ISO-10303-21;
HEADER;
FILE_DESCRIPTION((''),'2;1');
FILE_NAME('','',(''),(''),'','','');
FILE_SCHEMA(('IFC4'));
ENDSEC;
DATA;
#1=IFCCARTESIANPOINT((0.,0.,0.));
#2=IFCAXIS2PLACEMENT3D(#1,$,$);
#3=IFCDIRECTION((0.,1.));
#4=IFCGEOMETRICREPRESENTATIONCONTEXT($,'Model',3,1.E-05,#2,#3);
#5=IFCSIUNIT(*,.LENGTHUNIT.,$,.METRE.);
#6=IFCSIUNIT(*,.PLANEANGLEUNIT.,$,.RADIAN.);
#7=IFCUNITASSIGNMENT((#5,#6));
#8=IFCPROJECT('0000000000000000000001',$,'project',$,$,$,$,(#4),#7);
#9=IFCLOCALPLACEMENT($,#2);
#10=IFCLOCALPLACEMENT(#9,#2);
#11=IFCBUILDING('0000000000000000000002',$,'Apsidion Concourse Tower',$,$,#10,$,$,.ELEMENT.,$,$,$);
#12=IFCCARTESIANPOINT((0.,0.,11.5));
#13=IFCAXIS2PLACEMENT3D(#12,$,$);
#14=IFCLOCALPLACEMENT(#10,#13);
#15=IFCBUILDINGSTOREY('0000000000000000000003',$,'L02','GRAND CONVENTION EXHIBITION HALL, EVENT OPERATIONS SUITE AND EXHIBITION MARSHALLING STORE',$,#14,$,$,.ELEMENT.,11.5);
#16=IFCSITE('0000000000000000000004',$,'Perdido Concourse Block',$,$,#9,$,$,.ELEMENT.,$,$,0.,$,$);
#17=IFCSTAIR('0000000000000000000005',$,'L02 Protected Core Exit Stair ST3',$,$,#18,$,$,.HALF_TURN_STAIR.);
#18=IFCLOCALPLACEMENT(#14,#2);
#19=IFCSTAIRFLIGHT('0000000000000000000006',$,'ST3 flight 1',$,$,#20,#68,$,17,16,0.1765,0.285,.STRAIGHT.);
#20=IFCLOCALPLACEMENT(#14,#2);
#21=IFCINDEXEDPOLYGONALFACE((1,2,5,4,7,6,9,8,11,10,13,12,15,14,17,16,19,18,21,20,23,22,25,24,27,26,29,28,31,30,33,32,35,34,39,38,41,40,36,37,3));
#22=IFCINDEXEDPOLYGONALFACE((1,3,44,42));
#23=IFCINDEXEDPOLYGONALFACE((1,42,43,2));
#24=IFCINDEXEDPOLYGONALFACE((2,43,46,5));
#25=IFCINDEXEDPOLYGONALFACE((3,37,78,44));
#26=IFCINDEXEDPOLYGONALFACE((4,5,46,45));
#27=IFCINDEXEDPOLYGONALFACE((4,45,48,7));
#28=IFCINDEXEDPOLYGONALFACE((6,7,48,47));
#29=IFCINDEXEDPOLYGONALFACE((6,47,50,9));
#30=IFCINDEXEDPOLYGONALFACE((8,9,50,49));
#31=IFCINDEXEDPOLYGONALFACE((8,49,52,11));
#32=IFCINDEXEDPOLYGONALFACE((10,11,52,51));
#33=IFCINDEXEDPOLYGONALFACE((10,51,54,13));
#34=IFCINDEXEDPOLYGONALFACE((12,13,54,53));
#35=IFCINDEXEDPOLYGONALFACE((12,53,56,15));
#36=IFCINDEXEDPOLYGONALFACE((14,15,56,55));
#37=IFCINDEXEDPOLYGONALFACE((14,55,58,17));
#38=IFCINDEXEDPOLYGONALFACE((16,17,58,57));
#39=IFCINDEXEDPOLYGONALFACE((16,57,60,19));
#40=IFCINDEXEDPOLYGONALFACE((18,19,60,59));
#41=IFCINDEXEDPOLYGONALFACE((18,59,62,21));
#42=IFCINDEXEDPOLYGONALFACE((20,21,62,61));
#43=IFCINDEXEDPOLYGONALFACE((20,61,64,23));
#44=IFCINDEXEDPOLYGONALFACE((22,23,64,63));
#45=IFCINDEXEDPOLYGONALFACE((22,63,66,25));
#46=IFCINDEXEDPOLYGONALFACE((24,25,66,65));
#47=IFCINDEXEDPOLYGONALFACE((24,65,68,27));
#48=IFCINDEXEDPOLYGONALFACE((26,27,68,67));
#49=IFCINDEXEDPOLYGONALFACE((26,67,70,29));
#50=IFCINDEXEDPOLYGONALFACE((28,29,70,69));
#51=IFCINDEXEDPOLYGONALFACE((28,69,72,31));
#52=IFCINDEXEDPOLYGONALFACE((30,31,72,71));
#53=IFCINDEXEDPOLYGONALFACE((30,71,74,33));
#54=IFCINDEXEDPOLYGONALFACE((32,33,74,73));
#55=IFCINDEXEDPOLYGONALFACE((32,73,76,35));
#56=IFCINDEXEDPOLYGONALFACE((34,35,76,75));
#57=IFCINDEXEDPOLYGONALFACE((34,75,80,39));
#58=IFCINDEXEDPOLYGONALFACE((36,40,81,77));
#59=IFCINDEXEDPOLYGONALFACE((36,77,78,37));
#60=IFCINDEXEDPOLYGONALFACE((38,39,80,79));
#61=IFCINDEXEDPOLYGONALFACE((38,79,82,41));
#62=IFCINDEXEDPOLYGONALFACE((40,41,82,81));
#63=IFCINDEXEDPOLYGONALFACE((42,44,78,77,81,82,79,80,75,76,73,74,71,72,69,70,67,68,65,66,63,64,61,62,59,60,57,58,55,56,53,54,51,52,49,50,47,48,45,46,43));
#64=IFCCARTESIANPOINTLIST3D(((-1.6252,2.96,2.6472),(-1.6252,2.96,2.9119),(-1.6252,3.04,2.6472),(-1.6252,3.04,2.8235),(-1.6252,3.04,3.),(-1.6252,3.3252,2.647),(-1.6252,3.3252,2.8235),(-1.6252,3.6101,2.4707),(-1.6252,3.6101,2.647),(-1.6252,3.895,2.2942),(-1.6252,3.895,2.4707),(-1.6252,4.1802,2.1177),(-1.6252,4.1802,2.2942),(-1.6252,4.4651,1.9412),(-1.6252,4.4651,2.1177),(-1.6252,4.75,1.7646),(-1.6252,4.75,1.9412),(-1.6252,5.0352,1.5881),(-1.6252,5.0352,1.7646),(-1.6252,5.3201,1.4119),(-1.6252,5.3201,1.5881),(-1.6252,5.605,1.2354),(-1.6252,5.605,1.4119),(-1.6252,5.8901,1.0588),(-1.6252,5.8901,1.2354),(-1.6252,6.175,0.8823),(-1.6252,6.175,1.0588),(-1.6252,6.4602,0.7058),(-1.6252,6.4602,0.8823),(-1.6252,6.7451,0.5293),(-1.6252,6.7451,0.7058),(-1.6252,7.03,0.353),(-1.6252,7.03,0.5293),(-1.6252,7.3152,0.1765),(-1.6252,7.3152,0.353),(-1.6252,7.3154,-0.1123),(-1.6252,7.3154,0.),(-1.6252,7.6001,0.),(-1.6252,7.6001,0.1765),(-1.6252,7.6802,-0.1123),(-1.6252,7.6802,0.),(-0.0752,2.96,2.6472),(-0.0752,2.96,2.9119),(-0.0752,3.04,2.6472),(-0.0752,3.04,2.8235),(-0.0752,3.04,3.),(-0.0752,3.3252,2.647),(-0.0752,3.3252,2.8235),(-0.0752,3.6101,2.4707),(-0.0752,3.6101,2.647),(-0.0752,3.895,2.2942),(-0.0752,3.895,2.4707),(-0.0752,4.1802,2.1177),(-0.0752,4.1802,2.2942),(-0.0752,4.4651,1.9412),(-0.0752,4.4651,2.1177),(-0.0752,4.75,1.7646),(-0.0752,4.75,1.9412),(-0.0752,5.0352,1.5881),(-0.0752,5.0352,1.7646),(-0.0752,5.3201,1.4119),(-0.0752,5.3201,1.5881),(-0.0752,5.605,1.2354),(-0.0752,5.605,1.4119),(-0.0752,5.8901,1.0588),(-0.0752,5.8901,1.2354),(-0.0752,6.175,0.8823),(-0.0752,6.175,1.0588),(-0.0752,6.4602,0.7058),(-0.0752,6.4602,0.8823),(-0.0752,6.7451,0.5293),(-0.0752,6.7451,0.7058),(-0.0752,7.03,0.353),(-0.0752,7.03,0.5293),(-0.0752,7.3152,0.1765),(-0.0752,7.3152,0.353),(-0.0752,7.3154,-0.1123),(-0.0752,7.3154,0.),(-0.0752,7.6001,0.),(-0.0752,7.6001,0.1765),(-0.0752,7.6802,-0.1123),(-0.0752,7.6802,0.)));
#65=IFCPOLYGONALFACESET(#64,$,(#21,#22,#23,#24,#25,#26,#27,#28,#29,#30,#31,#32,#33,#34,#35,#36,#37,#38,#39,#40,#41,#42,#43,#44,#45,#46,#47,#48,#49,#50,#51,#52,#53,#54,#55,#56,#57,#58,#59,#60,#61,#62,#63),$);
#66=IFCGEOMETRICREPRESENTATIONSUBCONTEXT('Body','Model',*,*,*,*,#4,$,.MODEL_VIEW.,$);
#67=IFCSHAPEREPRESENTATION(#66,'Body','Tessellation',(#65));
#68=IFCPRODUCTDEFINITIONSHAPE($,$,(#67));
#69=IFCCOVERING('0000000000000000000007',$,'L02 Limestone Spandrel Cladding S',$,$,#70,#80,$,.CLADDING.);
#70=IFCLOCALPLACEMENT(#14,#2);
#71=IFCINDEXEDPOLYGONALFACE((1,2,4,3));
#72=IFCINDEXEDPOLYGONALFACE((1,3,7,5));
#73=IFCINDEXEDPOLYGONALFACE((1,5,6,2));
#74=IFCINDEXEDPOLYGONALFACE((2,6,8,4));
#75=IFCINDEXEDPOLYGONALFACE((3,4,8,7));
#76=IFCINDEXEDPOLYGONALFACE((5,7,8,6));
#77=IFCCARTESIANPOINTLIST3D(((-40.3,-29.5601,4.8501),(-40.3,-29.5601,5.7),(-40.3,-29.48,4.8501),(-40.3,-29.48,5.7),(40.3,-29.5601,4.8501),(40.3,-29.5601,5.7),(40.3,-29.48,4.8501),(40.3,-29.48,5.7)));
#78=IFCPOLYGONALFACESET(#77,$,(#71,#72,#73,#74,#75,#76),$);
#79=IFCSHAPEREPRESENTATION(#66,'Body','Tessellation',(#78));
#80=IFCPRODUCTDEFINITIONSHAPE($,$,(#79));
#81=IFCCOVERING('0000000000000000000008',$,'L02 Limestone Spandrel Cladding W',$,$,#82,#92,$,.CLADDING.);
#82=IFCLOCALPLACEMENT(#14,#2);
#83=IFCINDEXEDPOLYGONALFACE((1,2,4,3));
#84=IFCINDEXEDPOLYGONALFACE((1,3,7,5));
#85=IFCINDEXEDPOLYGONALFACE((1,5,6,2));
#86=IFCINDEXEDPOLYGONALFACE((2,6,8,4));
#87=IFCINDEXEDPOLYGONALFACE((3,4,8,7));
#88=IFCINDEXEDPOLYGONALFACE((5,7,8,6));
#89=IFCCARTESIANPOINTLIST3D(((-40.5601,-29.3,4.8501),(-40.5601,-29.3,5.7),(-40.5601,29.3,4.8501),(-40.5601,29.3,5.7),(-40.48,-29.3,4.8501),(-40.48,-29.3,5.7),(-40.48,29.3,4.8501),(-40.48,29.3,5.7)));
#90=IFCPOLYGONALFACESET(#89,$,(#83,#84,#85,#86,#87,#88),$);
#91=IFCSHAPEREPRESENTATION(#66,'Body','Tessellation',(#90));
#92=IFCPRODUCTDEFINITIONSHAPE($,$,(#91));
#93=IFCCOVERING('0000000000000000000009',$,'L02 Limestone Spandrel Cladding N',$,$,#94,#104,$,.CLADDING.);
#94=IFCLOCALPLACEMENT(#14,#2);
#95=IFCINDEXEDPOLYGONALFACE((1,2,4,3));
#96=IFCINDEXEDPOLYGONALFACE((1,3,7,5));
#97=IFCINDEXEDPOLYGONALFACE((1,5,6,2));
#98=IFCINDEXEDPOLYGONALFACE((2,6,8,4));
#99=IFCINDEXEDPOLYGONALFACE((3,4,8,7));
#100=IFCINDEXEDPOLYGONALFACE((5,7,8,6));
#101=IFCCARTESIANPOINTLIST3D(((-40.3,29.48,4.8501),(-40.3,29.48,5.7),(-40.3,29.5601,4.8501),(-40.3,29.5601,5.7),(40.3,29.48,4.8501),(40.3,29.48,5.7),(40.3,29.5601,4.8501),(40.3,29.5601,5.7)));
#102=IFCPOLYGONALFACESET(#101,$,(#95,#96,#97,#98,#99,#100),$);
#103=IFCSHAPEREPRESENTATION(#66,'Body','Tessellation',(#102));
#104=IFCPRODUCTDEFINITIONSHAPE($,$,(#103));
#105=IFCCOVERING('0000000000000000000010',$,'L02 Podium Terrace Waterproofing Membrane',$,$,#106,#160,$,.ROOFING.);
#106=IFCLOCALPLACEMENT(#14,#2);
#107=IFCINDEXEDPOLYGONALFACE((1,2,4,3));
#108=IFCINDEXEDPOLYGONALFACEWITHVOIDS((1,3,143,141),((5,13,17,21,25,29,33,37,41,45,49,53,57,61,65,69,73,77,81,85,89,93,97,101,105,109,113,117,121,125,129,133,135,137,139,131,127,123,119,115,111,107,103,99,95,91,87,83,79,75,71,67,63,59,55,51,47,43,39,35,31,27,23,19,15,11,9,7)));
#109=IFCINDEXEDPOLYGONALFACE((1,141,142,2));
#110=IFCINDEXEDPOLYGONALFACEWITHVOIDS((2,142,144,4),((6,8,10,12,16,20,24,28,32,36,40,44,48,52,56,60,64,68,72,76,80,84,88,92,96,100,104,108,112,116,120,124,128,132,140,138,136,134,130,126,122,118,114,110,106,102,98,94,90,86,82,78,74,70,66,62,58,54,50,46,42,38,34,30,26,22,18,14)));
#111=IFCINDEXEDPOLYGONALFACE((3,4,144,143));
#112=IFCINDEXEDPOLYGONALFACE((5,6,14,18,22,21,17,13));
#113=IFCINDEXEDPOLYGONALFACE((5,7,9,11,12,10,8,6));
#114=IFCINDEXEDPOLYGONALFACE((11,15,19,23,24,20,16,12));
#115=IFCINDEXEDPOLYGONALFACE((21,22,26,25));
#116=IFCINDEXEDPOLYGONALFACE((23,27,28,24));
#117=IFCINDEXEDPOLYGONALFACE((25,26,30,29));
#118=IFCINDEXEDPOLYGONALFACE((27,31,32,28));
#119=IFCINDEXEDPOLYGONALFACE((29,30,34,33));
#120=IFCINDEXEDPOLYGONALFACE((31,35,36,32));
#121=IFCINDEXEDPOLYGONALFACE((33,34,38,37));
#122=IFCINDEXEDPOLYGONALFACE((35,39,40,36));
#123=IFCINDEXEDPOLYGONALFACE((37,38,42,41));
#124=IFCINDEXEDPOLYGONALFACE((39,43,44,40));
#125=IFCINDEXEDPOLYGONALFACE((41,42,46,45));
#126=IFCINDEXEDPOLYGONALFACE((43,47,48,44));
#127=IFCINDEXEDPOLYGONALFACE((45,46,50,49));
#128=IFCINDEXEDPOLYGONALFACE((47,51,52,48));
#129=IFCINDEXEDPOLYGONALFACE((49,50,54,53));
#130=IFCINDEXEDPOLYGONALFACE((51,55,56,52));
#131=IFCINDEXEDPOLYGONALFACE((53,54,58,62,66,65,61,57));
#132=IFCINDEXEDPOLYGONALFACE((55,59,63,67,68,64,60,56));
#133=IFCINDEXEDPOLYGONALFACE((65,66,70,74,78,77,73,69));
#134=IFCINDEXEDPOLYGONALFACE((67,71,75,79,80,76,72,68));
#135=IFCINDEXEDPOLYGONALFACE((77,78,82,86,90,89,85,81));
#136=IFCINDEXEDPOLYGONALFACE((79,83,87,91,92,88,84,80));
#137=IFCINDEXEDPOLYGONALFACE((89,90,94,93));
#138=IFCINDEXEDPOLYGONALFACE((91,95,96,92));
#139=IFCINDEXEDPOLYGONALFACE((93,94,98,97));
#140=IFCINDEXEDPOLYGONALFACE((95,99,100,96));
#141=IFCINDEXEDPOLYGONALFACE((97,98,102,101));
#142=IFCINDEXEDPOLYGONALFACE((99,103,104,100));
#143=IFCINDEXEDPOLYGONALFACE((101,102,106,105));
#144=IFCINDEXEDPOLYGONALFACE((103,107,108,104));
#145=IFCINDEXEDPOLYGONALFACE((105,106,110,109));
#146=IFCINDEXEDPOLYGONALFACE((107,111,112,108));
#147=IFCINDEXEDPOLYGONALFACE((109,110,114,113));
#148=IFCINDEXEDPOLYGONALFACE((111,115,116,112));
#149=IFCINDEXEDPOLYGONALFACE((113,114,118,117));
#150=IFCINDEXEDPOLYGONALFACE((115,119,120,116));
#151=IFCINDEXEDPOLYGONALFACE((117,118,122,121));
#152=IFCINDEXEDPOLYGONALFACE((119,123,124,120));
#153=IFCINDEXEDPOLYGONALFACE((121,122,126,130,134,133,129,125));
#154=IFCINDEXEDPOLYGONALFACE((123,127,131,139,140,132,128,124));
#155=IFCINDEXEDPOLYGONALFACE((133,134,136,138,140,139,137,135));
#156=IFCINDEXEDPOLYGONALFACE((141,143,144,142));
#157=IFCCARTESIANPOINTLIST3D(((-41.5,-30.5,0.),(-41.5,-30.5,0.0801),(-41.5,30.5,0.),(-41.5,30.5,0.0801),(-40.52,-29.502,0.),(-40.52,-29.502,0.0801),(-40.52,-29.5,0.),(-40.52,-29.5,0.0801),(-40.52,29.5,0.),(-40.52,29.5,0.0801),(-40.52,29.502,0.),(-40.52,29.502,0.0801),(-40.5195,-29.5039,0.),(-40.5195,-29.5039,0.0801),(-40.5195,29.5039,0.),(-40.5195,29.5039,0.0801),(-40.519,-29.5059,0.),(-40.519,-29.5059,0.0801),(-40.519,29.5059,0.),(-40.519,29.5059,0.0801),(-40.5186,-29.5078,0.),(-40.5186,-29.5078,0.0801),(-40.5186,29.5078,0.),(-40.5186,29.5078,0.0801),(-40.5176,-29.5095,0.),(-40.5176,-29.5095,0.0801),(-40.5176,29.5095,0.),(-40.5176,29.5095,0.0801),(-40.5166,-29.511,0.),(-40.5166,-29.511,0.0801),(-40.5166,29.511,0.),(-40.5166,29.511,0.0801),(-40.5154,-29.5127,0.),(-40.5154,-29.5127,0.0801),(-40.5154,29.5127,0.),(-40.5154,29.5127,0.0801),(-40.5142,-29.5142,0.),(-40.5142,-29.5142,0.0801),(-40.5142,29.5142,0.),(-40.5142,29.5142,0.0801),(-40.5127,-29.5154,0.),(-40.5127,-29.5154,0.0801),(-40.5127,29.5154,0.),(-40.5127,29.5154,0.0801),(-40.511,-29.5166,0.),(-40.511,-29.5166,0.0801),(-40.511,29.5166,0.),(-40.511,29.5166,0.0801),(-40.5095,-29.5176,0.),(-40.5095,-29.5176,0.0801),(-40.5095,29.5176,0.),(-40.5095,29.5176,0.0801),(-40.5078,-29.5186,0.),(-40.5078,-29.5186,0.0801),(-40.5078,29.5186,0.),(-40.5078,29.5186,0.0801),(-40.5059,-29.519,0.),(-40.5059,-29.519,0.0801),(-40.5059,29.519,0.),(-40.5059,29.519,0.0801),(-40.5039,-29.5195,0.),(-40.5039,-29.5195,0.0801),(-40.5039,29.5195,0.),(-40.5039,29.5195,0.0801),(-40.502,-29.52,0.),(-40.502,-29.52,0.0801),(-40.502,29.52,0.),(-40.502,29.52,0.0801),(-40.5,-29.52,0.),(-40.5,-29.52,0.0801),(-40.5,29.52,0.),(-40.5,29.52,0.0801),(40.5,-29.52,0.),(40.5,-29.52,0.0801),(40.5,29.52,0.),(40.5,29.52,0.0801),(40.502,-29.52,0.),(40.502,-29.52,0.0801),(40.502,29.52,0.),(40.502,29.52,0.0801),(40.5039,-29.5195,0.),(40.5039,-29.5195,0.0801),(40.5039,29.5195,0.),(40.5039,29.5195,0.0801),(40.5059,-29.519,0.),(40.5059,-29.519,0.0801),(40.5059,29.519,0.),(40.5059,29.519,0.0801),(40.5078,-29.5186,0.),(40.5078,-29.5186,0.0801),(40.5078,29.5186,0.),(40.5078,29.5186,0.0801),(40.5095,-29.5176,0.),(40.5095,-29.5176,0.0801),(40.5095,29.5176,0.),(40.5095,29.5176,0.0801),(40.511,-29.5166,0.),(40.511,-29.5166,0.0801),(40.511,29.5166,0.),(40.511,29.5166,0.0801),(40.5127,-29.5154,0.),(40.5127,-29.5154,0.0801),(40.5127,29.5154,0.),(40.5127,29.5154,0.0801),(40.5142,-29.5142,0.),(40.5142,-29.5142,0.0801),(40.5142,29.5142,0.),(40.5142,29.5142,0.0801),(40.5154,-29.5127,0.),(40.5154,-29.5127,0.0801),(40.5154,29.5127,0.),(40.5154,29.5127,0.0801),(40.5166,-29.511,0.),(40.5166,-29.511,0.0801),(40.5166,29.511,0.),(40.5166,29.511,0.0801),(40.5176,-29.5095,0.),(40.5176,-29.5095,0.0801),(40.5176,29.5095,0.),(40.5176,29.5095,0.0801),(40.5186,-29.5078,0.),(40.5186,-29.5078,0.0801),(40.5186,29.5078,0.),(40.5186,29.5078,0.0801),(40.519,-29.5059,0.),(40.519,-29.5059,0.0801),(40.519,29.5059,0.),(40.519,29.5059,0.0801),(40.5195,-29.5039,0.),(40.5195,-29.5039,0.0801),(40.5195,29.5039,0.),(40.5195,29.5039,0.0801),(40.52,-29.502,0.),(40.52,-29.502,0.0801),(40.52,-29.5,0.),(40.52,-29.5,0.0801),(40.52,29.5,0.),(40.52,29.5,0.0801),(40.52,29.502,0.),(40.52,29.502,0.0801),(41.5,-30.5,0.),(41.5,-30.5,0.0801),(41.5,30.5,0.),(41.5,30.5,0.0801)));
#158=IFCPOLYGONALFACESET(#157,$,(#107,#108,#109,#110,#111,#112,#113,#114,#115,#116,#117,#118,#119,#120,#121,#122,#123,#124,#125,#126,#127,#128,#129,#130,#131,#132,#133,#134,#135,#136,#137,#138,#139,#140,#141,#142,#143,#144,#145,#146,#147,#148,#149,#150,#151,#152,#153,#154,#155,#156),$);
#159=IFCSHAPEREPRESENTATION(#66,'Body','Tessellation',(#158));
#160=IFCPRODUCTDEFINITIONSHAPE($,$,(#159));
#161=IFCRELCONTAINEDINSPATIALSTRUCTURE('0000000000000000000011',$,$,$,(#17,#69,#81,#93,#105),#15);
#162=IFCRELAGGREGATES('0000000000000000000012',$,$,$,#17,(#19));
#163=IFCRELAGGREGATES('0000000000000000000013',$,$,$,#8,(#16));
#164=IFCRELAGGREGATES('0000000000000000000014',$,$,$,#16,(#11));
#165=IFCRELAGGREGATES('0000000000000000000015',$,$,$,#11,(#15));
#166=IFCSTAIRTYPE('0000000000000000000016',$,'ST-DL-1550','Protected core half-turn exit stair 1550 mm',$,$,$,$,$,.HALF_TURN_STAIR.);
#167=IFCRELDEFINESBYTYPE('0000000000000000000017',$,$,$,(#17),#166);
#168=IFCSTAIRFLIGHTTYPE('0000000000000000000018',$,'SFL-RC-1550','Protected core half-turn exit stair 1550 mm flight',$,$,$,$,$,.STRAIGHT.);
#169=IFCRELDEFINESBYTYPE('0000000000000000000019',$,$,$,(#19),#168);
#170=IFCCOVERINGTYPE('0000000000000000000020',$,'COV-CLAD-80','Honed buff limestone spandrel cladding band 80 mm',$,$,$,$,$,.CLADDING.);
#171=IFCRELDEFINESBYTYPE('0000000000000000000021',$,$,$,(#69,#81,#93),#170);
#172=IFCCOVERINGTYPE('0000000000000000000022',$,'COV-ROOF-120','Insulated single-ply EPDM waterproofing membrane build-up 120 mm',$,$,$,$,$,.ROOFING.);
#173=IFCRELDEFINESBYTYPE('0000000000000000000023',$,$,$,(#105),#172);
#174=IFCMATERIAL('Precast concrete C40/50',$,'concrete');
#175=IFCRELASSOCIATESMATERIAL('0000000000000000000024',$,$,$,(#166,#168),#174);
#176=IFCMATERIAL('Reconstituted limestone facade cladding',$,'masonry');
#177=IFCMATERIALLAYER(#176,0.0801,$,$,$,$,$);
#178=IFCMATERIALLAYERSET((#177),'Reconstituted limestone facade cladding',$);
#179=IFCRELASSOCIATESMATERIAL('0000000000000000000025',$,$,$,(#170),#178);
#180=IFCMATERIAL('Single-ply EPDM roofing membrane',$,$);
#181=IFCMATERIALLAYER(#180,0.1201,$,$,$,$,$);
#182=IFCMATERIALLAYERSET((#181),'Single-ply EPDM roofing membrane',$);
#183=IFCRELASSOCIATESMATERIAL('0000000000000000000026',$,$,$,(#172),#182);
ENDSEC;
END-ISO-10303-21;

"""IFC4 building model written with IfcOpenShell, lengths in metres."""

from ifc_helpers import new_model, si_unit, direction, frame, origin, place, context, subcontext, project, spatial, polyline, outline, extrude, material, layer, layer_set, type_object, element, aggregate, save


model = new_model("IFC4")

# Units and contexts
model_context = context("Model", 3, precision=1e-05, world=origin(), true_north=direction((0.0, 1.0)))
body_context = subcontext(model_context, "Body", "Model", "MODEL_VIEW")
ifc_project = project(units=[si_unit("LENGTHUNIT", "METRE"), si_unit("PLANEANGLEUNIT", "RADIAN")], contexts=[model_context])

# Site, building, storey
site_placement = place(None, origin())
site = spatial("IfcSite", under=ifc_project, at=site_placement, Name="Perdido Concourse Block", CompositionType="ELEMENT", RefElevation=0.0)
building_placement = place(site_placement, origin())
building = spatial("IfcBuilding", under=site, at=building_placement, Name="Apsidion Concourse Tower", CompositionType="ELEMENT")
storey_placement = place(building_placement, frame((0.0, 0.0, 11.5)))
storey = spatial("IfcBuildingStorey", under=building, at=storey_placement, Name="L02", Description="GRAND CONVENTION EXHIBITION HALL, EVENT OPERATIONS SUITE AND EXHIBITION MARSHALLING STORE", CompositionType="ELEMENT", Elevation=11.5)

# Shared definitions
ifc_material_1 = material(Name="Precast concrete C40/50", Category="concrete")
stair_type = type_object("IfcStairType", Name="ST-DL-1550", Description="Protected core half-turn exit stair 1550 mm", PredefinedType="HALF_TURN_STAIR", material=ifc_material_1)
stair_flight_type = type_object("IfcStairFlightType", Name="SFL-RC-1550", Description="Protected core half-turn exit stair 1550 mm flight", PredefinedType="STRAIGHT", material=ifc_material_1)

# Stair, stair flight
stair_1_placement = place(storey_placement, origin())
stair_1 = element("IfcStair", 1, at=stair_1_placement, inside=storey, type_object=stair_type, Name="L02 Protected Core Exit Stair ST3", PredefinedType="HALF_TURN_STAIR")
stair_flight_1_placement = place(storey_placement, frame((-0.8501, 7.6001, 0.0), z_axis=(0.0, 0.0, 1.0), x_axis=(0.0, -1.0, 0.0)))
stair_flight_1 = element("IfcStairFlight", 2, at=stair_flight_1_placement, type_object=stair_flight_type, Name="ST3 flight 1", NumberOfRisers=17, NumberOfTreads=16, PredefinedType="STRAIGHT", RiserHeight=0.1765, TreadLength=0.285, context=body_context, shape_type="SweptSolid", body=[
    extrude(outline(polyline([(-0.0801, -0.1123), (-0.0801, 0.0), (0.0, 0.0), (0.0, 0.1765), (0.2849, 0.1765), (0.2849, 0.353), (0.5701, 0.353), (0.5701, 0.5293), (0.855, 0.5293), (0.855, 0.7058), (1.1399, 0.7058), (1.1399, 0.8823), (1.425, 0.8823), (1.425, 1.0588), (1.71, 1.0588), (1.71, 1.2354), (1.9951, 1.2354), (1.9951, 1.4119), (2.28, 1.4119), (2.28, 1.5881), (2.5649, 1.5881), (2.5649, 1.7646), (2.8501, 1.7646), (2.8501, 1.9412), (3.135, 1.9412), (3.135, 2.1177), (3.4199, 2.1177), (3.4199, 2.2942), (3.7051, 2.2942), (3.7051, 2.4707), (3.99, 2.4707), (3.99, 2.647), (4.2749, 2.647), (4.2749, 2.8235), (4.5601, 2.8235), (4.5601, 3.0), (4.6401, 2.9119), (4.6401, 2.6472), (4.5601, 2.6472), (0.2847, 0.0), (0.2847, -0.1123), (-0.0801, -0.1123)])), frame((0.0, 0.7749, 0.0), z_axis=(0.0, -1.0, 0.0), x_axis=(1.0, 0.0, 0.0)), (0.0, 0.0, 1.0), 1.55),
])
aggregate(stair_1, [stair_flight_1])

# Coverings
ifc_material_2 = material(Name="Reconstituted limestone facade cladding", Category="masonry")
ifc_layer_1 = layer(ifc_material_2, 0.0801)
ifc_layer_set_1 = layer_set([ifc_layer_1], Name="Reconstituted limestone facade cladding")
covering_type_1 = type_object("IfcCoveringType", Name="COV-CLAD-80", Description="Honed buff limestone spandrel cladding band 80 mm", PredefinedType="CLADDING", material=ifc_layer_set_1)
covering_1_placement = place(storey_placement, frame((0.0, 0.0, 4.8501)))
element("IfcCovering", 3, at=covering_1_placement, inside=storey, type_object=covering_type_1, Name="L02 Limestone Spandrel Cladding S", PredefinedType="CLADDING", context=body_context, shape_type="SweptSolid", body=[
    extrude(outline(polyline([(40.3, -29.48), (-40.3, -29.48), (-40.3, -29.5601), (40.3, -29.5601), (40.3, -29.48)])), origin(), (0.0, 0.0, 1.0), 0.8499),
])
covering_2_placement = place(storey_placement, frame((0.0, 0.0, 4.8501)))
element("IfcCovering", 4, at=covering_2_placement, inside=storey, type_object=covering_type_1, Name="L02 Limestone Spandrel Cladding W", PredefinedType="CLADDING", context=body_context, shape_type="SweptSolid", body=[
    extrude(outline(polyline([(-40.48, -29.3), (-40.48, 29.3), (-40.5601, 29.3), (-40.5601, -29.3), (-40.48, -29.3)])), origin(), (0.0, 0.0, 1.0), 0.8499),
])
covering_3_placement = place(storey_placement, frame((0.0, 0.0, 4.8501)))
element("IfcCovering", 5, at=covering_3_placement, inside=storey, type_object=covering_type_1, Name="L02 Limestone Spandrel Cladding N", PredefinedType="CLADDING", context=body_context, shape_type="SweptSolid", body=[
    extrude(outline(polyline([(-40.3, 29.48), (40.3, 29.48), (40.3, 29.5601), (-40.3, 29.5601), (-40.3, 29.48)])), origin(), (0.0, 0.0, 1.0), 0.8499),
])
ifc_material_3 = material(Name="Single-ply EPDM roofing membrane")
ifc_layer_2 = layer(ifc_material_3, 0.1201)
ifc_layer_set_2 = layer_set([ifc_layer_2], Name="Single-ply EPDM roofing membrane")
covering_type_2 = type_object("IfcCoveringType", Name="COV-ROOF-120", Description="Insulated single-ply EPDM waterproofing membrane build-up 120 mm", PredefinedType="ROOFING", material=ifc_layer_set_2)
covering_4_placement = place(storey_placement, origin())
element("IfcCovering", 6, at=covering_4_placement, inside=storey, type_object=covering_type_2, Name="L02 Podium Terrace Waterproofing Membrane", PredefinedType="ROOFING", context=body_context, shape_type="SweptSolid", body=[
    extrude(outline(polyline([(-41.5, 30.5), (41.5, 30.5), (41.5, -30.5), (-41.5, -30.5), (-41.5, 30.5)]), holes=[polyline([(-40.52, -29.502), (-40.5195, -29.5039), (-40.519, -29.5059), (-40.5186, -29.5078), (-40.5176, -29.5095), (-40.5166, -29.511), (-40.5154, -29.5127), (-40.5142, -29.5142), (-40.5127, -29.5154), (-40.511, -29.5166), (-40.5095, -29.5176), (-40.5078, -29.5186), (-40.5059, -29.519), (-40.5039, -29.5195), (-40.502, -29.52), (-40.5, -29.52), (40.5, -29.52), (40.502, -29.52), (40.5039, -29.5195), (40.5059, -29.519), (40.5078, -29.5186), (40.5095, -29.5176), (40.511, -29.5166), (40.5127, -29.5154), (40.5142, -29.5142), (40.5154, -29.5127), (40.5166, -29.511), (40.5176, -29.5095), (40.5186, -29.5078), (40.519, -29.5059), (40.5195, -29.5039), (40.52, -29.502), (40.52, -29.5), (40.52, 29.5), (40.52, 29.502), (40.5195, 29.5039), (40.519, 29.5059), (40.5186, 29.5078), (40.5176, 29.5095), (40.5166, 29.511), (40.5154, 29.5127), (40.5142, 29.5142), (40.5127, 29.5154), (40.511, 29.5166), (40.5095, 29.5176), (40.5078, 29.5186), (40.5059, 29.519), (40.5039, 29.5195), (40.502, 29.52), (40.5, 29.52), (-40.5, 29.52), (-40.502, 29.52), (-40.5039, 29.5195), (-40.5059, 29.519), (-40.5078, 29.5186), (-40.5095, 29.5176), (-40.511, 29.5166), (-40.5127, 29.5154), (-40.5142, 29.5142), (-40.5154, 29.5127), (-40.5166, 29.511), (-40.5176, 29.5095), (-40.5186, 29.5078), (-40.519, 29.5059), (-40.5195, 29.5039), (-40.52, 29.502), (-40.52, 29.5), (-40.52, -29.5), (-40.52, -29.502)])]), origin(), (0.0, 0.0, 1.0), 0.0801),
])

save(model, "model.ifc")
